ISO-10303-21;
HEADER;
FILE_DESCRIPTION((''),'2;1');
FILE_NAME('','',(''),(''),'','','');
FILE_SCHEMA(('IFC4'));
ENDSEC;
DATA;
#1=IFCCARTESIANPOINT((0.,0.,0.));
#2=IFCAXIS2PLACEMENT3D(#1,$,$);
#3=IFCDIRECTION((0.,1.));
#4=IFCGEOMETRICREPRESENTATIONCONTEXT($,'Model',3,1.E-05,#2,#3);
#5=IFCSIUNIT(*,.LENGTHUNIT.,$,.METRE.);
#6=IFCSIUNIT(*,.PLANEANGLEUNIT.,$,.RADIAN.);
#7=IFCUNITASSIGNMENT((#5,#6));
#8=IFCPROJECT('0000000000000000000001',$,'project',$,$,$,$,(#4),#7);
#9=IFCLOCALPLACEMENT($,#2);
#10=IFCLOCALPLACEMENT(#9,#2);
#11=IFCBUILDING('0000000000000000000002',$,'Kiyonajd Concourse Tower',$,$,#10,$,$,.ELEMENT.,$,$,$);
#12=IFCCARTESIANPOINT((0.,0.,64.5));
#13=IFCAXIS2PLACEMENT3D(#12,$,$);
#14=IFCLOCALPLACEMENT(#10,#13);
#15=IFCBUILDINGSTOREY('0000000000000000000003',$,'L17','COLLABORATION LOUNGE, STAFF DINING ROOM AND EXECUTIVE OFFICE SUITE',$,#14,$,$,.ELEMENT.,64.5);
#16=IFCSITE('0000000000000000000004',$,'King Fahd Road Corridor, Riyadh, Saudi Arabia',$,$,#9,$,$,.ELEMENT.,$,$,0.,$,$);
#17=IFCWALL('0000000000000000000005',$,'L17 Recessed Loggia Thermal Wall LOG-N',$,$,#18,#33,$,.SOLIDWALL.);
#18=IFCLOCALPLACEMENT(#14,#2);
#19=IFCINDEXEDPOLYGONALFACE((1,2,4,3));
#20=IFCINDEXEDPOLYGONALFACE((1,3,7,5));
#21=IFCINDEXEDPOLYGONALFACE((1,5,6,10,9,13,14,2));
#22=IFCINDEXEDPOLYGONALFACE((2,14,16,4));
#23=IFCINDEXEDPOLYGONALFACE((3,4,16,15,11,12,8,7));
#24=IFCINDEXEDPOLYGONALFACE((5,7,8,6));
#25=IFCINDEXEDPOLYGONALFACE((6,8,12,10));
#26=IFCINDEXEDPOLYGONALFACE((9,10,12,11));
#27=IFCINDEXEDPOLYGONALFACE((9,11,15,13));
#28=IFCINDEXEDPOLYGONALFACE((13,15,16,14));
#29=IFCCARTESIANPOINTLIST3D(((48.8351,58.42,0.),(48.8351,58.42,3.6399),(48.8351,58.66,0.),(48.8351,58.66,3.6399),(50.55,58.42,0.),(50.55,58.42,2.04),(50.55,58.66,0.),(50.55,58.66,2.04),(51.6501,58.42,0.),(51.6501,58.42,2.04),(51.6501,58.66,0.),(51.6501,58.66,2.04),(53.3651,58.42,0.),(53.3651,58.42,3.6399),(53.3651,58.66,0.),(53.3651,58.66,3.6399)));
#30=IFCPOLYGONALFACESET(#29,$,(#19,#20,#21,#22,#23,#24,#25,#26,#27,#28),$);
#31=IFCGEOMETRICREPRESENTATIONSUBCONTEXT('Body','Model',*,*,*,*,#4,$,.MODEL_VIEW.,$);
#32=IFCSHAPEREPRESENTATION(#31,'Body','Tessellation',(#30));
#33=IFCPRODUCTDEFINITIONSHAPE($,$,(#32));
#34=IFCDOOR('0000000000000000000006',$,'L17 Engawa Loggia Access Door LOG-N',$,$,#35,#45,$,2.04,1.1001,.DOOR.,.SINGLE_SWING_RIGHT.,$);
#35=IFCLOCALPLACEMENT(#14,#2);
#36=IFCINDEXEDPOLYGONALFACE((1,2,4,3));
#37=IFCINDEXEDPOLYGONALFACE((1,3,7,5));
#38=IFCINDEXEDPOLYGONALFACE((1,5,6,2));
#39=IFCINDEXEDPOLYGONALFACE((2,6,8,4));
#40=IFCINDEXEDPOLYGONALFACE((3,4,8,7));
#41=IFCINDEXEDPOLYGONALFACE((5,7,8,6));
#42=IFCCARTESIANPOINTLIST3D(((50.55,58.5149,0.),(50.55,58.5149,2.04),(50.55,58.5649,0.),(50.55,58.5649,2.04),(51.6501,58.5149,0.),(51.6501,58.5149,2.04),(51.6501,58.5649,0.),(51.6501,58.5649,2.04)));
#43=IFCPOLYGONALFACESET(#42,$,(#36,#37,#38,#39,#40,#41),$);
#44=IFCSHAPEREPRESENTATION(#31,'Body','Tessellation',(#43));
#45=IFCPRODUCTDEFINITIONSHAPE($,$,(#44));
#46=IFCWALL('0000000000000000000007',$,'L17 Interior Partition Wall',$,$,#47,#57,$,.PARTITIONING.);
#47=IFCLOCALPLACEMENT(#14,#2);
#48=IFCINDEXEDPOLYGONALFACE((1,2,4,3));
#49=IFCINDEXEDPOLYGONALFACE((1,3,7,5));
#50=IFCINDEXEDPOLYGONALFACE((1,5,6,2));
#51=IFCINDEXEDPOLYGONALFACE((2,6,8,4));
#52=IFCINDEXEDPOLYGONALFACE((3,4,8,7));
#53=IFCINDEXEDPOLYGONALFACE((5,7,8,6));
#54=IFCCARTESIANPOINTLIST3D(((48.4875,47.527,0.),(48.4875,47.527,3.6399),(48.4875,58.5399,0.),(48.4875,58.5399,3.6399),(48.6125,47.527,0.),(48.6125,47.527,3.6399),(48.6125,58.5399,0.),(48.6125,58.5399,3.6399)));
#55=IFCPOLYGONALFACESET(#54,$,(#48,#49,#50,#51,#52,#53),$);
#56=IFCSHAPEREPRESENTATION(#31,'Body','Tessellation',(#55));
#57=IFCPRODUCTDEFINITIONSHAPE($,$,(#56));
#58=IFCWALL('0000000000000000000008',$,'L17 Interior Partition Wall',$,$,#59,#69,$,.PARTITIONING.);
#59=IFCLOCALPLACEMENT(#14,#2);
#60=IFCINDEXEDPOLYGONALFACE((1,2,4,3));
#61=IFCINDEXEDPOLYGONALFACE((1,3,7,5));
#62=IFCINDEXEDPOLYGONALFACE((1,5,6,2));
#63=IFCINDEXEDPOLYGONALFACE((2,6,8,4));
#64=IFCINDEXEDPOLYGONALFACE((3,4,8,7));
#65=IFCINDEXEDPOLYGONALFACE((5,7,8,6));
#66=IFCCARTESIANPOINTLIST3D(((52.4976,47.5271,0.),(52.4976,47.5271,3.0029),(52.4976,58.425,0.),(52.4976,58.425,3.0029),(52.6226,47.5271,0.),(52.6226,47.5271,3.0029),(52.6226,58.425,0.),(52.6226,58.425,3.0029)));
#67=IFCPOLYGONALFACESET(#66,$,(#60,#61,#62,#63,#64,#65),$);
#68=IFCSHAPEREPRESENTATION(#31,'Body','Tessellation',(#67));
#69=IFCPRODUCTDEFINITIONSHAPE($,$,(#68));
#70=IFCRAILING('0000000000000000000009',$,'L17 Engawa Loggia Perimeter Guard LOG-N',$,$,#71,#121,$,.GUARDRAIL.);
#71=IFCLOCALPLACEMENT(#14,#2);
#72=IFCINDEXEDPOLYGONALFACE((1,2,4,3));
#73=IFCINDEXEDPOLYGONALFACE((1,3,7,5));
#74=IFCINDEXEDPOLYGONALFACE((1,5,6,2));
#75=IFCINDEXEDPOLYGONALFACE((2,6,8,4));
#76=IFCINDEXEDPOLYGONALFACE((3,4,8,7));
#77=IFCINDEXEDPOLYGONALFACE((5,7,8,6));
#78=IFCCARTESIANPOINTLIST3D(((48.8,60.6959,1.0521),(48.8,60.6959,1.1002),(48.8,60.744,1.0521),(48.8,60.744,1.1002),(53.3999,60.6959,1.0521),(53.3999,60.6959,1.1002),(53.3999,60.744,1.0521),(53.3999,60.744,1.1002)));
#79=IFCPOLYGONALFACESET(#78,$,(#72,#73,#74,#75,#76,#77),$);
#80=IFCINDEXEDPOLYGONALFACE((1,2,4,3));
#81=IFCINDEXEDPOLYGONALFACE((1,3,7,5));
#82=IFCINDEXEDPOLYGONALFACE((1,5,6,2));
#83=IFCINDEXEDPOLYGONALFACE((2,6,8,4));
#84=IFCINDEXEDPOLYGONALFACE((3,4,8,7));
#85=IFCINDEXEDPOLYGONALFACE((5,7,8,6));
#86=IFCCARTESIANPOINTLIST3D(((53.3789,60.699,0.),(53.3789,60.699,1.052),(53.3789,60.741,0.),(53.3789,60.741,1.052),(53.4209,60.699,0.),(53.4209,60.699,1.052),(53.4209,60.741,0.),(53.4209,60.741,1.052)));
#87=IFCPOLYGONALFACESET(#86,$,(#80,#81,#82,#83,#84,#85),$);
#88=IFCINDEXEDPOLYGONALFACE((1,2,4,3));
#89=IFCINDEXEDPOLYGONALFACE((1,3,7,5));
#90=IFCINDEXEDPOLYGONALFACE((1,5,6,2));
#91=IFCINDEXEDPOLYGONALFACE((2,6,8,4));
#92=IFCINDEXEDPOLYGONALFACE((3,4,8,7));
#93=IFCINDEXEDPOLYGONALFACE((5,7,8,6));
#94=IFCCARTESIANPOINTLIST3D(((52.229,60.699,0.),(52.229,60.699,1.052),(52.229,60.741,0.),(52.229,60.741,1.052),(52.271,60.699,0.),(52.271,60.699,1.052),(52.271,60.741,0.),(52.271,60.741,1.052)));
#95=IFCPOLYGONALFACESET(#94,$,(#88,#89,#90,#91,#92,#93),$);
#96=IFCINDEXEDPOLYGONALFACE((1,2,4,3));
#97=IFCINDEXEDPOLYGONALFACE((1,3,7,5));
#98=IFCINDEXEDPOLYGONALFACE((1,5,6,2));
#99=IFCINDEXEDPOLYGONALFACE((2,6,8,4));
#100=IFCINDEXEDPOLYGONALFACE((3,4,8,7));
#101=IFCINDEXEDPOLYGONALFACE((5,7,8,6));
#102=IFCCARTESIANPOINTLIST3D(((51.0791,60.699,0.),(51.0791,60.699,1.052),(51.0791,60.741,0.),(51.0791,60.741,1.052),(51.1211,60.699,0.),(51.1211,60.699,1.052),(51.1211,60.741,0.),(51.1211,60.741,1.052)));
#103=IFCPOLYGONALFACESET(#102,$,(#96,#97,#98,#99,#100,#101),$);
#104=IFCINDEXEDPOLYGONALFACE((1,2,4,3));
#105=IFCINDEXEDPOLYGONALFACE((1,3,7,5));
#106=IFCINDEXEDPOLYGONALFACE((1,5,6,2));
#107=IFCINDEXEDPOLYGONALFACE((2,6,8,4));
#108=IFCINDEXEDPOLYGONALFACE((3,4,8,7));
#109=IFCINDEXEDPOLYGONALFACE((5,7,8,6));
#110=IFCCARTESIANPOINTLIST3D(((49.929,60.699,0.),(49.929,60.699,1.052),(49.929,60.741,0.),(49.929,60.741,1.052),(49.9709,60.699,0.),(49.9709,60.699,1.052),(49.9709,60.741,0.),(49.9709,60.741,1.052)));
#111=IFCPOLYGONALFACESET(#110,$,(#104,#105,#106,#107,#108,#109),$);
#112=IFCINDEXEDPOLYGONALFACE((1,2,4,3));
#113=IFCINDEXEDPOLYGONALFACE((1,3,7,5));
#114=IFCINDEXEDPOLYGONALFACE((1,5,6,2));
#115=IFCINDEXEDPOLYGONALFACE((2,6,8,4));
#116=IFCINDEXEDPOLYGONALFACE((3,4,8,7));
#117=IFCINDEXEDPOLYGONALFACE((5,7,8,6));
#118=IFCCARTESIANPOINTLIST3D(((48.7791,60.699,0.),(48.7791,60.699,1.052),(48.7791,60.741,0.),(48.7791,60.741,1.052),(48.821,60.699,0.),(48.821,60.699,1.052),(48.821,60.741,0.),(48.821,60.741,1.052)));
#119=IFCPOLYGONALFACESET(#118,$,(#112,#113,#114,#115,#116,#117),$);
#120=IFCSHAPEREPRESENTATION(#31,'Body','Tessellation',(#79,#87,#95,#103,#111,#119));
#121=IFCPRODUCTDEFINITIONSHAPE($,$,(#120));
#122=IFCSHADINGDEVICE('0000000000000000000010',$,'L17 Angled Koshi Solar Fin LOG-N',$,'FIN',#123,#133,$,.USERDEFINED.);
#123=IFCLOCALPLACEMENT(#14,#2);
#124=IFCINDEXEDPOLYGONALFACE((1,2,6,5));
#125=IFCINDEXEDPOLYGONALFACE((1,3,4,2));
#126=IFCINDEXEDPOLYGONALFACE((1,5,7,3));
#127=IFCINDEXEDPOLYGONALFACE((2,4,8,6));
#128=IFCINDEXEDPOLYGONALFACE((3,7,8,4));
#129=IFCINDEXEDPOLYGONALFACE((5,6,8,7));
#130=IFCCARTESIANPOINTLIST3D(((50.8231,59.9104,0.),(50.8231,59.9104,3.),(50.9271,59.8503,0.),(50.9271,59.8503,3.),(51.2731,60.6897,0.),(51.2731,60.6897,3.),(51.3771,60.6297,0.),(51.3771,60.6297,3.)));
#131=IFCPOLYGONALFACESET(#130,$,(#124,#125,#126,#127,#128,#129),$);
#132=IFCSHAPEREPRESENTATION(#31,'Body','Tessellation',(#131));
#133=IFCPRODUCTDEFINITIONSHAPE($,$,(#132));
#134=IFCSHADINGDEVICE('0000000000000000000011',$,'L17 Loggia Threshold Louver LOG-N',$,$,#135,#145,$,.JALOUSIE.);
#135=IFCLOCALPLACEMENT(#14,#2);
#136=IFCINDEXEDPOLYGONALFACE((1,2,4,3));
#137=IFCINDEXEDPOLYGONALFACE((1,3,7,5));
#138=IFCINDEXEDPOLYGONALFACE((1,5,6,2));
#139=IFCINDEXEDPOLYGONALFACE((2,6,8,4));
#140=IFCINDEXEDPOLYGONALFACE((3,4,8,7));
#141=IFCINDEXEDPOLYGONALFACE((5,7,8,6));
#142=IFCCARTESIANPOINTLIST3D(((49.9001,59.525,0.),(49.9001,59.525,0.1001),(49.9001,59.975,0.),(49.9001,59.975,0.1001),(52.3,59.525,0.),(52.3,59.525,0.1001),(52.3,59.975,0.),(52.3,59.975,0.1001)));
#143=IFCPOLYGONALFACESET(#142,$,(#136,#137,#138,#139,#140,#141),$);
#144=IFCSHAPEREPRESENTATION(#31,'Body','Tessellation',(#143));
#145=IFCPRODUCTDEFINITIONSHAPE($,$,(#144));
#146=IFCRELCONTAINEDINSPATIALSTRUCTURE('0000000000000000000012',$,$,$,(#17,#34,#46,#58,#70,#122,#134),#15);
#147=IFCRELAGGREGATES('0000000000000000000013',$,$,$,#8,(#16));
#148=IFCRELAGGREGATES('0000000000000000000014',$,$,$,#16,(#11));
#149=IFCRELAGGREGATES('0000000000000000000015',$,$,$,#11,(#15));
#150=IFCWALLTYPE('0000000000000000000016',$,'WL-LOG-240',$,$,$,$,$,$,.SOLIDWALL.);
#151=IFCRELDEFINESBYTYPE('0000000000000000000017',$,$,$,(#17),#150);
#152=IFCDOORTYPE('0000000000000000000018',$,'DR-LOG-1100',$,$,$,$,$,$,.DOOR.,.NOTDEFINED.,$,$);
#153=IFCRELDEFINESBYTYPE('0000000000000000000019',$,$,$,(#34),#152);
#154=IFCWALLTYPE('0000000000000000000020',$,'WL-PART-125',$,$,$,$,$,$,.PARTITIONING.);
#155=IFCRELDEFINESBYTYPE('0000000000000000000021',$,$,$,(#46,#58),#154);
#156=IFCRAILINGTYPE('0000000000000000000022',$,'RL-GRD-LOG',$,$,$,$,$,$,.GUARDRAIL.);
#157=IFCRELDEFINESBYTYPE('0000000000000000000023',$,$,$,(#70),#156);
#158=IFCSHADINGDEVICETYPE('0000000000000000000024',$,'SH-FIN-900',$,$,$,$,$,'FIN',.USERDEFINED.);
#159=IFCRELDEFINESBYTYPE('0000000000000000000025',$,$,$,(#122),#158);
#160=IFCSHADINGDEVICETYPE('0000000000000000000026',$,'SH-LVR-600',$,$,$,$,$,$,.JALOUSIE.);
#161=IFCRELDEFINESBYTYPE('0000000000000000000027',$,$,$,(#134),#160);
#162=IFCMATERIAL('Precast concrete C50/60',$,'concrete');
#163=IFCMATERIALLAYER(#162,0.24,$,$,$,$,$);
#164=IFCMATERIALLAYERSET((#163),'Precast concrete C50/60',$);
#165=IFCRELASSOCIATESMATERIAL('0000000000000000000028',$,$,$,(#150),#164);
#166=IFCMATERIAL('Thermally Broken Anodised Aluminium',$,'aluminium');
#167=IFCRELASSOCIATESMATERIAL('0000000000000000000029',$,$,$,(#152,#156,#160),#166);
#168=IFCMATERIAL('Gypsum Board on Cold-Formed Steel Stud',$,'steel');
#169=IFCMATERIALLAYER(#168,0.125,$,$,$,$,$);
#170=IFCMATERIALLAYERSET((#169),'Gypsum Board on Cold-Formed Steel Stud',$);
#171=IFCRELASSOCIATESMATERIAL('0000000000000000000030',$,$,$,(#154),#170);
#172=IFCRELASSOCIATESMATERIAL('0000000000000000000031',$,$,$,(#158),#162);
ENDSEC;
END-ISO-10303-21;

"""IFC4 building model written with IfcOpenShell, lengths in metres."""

from ifc_helpers import new_model, si_unit, direction, frame, frame_2d, origin, origin_2d, place, context, subcontext, project, spatial, rectangle, extrude, material, layer, layer_set, type_object, element, fill, save


model = new_model("IFC4")

# Units and contexts
model_context = context("Model", 3, precision=1e-05, world=origin(), true_north=direction((0.0, 1.0)))
body_context = subcontext(model_context, "Body", "Model", "MODEL_VIEW")
ifc_project = project(units=[si_unit("LENGTHUNIT", "METRE"), si_unit("PLANEANGLEUNIT", "RADIAN")], contexts=[model_context])

# Site, building, storey
site_placement = place(None, origin())
site = spatial("IfcSite", under=ifc_project, at=site_placement, Name="King Fahd Road Corridor, Riyadh, Saudi Arabia", CompositionType="ELEMENT", RefElevation=0.0)
building_placement = place(site_placement, origin())
building = spatial("IfcBuilding", under=site, at=building_placement, Name="Kiyonajd Concourse Tower", CompositionType="ELEMENT")
storey_placement = place(building_placement, frame((0.0, 0.0, 64.5)))
storey = spatial("IfcBuildingStorey", under=building, at=storey_placement, Name="L17", Description="COLLABORATION LOUNGE, STAFF DINING ROOM AND EXECUTIVE OFFICE SUITE", CompositionType="ELEMENT", Elevation=64.5)

# Shared definitions
ifc_material_1 = material(Name="Precast concrete C50/60", Category="concrete")

# Shared definitions
ifc_material_2 = material(Name="Thermally Broken Anodised Aluminium", Category="aluminium")

# Wall, opening, door
ifc_layer_1 = layer(ifc_material_1, 0.24)
ifc_layer_set_1 = layer_set([ifc_layer_1], Name="Precast concrete C50/60")
wall_type_1 = type_object("IfcWallType", Name="WL-LOG-240", PredefinedType="SOLIDWALL", material=ifc_layer_set_1)
wall_1_placement = place(storey_placement, frame((48.835, 58.54, 0.0), z_axis=(0.0, 0.0, 1.0), x_axis=(1.0, 0.0, 0.0)))
wall_1 = element("IfcWall", 1, at=wall_1_placement, inside=storey, type_object=wall_type_1, Name="L17 Recessed Loggia Thermal Wall LOG-N", PredefinedType="SOLIDWALL", context=body_context, shape_type="SweptSolid", body=[
    extrude(rectangle(XDim=4.53, YDim=0.24, at=frame_2d((2.2651, 0.0))), origin(), (0.0, 0.0, 1.0), 3.6399),
])
opening_1_placement = place(wall_1_placement, frame((1.7151, 0.0, 0.0)))
opening_1 = element("IfcOpeningElement", 2, at=opening_1_placement, cuts=wall_1, PredefinedType="OPENING", context=body_context, shape_type="SweptSolid", body=[
    extrude(rectangle(XDim=1.1001, YDim=2.04, at=frame_2d((0.55, 1.02))), frame((0.0, 0.1299, 0.0), z_axis=(0.0, -1.0, 0.0), x_axis=(1.0, 0.0, 0.0)), (0.0, 0.0, 1.0), 0.26),
])
door_type = type_object("IfcDoorType", Name="DR-LOG-1100", OperationType="NOTDEFINED", PredefinedType="DOOR", material=ifc_material_2)
door_placement = place(opening_1_placement, origin())
door = element("IfcDoor", 3, at=door_placement, inside=storey, type_object=door_type, Name="L17 Engawa Loggia Access Door LOG-N", OperationType="SINGLE_SWING_RIGHT", OverallHeight=2.04, OverallWidth=1.1001, PredefinedType="DOOR", context=body_context, shape_type="SweptSolid", body=[
    extrude(rectangle(XDim=1.1001, YDim=2.04, at=frame_2d((0.55, 1.02))), frame((0.0, 0.0249, 0.0), z_axis=(0.0, -1.0, 0.0), x_axis=(1.0, 0.0, 0.0)), (0.0, 0.0, 1.0), 0.05),
])
fill(opening_1, door)

# Walls
ifc_material_3 = material(Name="Gypsum Board on Cold-Formed Steel Stud", Category="steel")
ifc_layer_2 = layer(ifc_material_3, 0.125)
ifc_layer_set_2 = layer_set([ifc_layer_2], Name="Gypsum Board on Cold-Formed Steel Stud")
wall_type_2 = type_object("IfcWallType", Name="WL-PART-125", PredefinedType="PARTITIONING", material=ifc_layer_set_2)
wall_2_placement = place(storey_placement, frame((48.55, 47.5271, 0.0), z_axis=(0.0, 0.0, 1.0), x_axis=(0.0, 1.0, 0.0)))
element("IfcWall", 4, at=wall_2_placement, inside=storey, type_object=wall_type_2, Name="L17 Interior Partition Wall", PredefinedType="PARTITIONING", context=body_context, shape_type="SweptSolid", body=[
    extrude(rectangle(XDim=11.0129, YDim=0.125, at=frame_2d((5.5063, 0.0))), origin(), (0.0, 0.0, 1.0), 3.6399),
])
wall_3_placement = place(storey_placement, frame((52.5601, 47.5271, 0.0), z_axis=(0.0, 0.0, 1.0), x_axis=(0.0, 1.0, 0.0)))
element("IfcWall", 5, at=wall_3_placement, inside=storey, type_object=wall_type_2, Name="L17 Interior Partition Wall", PredefinedType="PARTITIONING", context=body_context, shape_type="SweptSolid", body=[
    extrude(rectangle(XDim=10.8979, YDim=0.125, at=frame_2d((5.449, 0.0))), origin(), (0.0, 0.0, 1.0), 3.0029),
])

# Railing
railing_type = type_object("IfcRailingType", Name="RL-GRD-LOG", PredefinedType="GUARDRAIL", material=ifc_material_2)
railing_placement = place(storey_placement, frame((53.3999, 60.72, 0.0)))
element("IfcRailing", 6, at=railing_placement, inside=storey, type_object=railing_type, Name="L17 Engawa Loggia Perimeter Guard LOG-N", PredefinedType="GUARDRAIL", context=body_context, shape_type="SweptSolid", body=[
    extrude(rectangle(XDim=0.0481, YDim=0.0481, at=origin_2d()), frame((0.0, 0.0, 1.0762), z_axis=(-1.0, 0.0, 0.0), x_axis=(0.0, -1.0, 0.0)), (0.0, 0.0, 1.0), 4.5999),
    extrude(rectangle(XDim=0.042, YDim=0.042, at=origin_2d()), origin(), (0.0, 0.0, 1.0), 1.052),
    extrude(rectangle(XDim=0.042, YDim=0.042, at=origin_2d()), frame((-1.1499, 0.0, 0.0)), (0.0, 0.0, 1.0), 1.052),
    extrude(rectangle(XDim=0.042, YDim=0.042, at=origin_2d()), frame((-2.2998, 0.0, 0.0)), (0.0, 0.0, 1.0), 1.052),
    extrude(rectangle(XDim=0.042, YDim=0.042, at=origin_2d()), frame((-3.45, 0.0, 0.0)), (0.0, 0.0, 1.0), 1.052),
    extrude(rectangle(XDim=0.042, YDim=0.042, at=origin_2d()), frame((-4.5999, 0.0, 0.0)), (0.0, 0.0, 1.0), 1.052),
])

# Shading devices
shading_device_type_1 = type_object("IfcShadingDeviceType", Name="SH-FIN-900", ElementType="FIN", PredefinedType="USERDEFINED", material=ifc_material_1)
shading_device_1_placement = place(storey_placement, frame((51.1001, 60.27, 0.0), z_axis=(0.0, 0.0, 1.0), x_axis=(0.5, 0.866025, 0.0)))
element("IfcShadingDevice", 7, at=shading_device_1_placement, inside=storey, type_object=shading_device_type_1, Name="L17 Angled Koshi Solar Fin LOG-N", ObjectType="FIN", PredefinedType="USERDEFINED", context=body_context, shape_type="SweptSolid", body=[
    extrude(rectangle(XDim=0.8999, YDim=0.1201, at=origin_2d()), origin(), (0.0, 0.0, 1.0), 3.0),
])
shading_device_type_2 = type_object("IfcShadingDeviceType", Name="SH-LVR-600", PredefinedType="JALOUSIE", material=ifc_material_2)
shading_device_2_placement = place(storey_placement, frame((51.1001, 59.75, 0.0), z_axis=(0.0, 0.0, 1.0), x_axis=(1.0, 0.0, 0.0)))
element("IfcShadingDevice", 8, at=shading_device_2_placement, inside=storey, type_object=shading_device_type_2, Name="L17 Loggia Threshold Louver LOG-N", PredefinedType="JALOUSIE", context=body_context, shape_type="SweptSolid", body=[
    extrude(rectangle(XDim=2.3999, YDim=0.45, at=origin_2d()), origin(), (0.0, 0.0, 1.0), 0.1001),
])

save(model, "model.ifc")
